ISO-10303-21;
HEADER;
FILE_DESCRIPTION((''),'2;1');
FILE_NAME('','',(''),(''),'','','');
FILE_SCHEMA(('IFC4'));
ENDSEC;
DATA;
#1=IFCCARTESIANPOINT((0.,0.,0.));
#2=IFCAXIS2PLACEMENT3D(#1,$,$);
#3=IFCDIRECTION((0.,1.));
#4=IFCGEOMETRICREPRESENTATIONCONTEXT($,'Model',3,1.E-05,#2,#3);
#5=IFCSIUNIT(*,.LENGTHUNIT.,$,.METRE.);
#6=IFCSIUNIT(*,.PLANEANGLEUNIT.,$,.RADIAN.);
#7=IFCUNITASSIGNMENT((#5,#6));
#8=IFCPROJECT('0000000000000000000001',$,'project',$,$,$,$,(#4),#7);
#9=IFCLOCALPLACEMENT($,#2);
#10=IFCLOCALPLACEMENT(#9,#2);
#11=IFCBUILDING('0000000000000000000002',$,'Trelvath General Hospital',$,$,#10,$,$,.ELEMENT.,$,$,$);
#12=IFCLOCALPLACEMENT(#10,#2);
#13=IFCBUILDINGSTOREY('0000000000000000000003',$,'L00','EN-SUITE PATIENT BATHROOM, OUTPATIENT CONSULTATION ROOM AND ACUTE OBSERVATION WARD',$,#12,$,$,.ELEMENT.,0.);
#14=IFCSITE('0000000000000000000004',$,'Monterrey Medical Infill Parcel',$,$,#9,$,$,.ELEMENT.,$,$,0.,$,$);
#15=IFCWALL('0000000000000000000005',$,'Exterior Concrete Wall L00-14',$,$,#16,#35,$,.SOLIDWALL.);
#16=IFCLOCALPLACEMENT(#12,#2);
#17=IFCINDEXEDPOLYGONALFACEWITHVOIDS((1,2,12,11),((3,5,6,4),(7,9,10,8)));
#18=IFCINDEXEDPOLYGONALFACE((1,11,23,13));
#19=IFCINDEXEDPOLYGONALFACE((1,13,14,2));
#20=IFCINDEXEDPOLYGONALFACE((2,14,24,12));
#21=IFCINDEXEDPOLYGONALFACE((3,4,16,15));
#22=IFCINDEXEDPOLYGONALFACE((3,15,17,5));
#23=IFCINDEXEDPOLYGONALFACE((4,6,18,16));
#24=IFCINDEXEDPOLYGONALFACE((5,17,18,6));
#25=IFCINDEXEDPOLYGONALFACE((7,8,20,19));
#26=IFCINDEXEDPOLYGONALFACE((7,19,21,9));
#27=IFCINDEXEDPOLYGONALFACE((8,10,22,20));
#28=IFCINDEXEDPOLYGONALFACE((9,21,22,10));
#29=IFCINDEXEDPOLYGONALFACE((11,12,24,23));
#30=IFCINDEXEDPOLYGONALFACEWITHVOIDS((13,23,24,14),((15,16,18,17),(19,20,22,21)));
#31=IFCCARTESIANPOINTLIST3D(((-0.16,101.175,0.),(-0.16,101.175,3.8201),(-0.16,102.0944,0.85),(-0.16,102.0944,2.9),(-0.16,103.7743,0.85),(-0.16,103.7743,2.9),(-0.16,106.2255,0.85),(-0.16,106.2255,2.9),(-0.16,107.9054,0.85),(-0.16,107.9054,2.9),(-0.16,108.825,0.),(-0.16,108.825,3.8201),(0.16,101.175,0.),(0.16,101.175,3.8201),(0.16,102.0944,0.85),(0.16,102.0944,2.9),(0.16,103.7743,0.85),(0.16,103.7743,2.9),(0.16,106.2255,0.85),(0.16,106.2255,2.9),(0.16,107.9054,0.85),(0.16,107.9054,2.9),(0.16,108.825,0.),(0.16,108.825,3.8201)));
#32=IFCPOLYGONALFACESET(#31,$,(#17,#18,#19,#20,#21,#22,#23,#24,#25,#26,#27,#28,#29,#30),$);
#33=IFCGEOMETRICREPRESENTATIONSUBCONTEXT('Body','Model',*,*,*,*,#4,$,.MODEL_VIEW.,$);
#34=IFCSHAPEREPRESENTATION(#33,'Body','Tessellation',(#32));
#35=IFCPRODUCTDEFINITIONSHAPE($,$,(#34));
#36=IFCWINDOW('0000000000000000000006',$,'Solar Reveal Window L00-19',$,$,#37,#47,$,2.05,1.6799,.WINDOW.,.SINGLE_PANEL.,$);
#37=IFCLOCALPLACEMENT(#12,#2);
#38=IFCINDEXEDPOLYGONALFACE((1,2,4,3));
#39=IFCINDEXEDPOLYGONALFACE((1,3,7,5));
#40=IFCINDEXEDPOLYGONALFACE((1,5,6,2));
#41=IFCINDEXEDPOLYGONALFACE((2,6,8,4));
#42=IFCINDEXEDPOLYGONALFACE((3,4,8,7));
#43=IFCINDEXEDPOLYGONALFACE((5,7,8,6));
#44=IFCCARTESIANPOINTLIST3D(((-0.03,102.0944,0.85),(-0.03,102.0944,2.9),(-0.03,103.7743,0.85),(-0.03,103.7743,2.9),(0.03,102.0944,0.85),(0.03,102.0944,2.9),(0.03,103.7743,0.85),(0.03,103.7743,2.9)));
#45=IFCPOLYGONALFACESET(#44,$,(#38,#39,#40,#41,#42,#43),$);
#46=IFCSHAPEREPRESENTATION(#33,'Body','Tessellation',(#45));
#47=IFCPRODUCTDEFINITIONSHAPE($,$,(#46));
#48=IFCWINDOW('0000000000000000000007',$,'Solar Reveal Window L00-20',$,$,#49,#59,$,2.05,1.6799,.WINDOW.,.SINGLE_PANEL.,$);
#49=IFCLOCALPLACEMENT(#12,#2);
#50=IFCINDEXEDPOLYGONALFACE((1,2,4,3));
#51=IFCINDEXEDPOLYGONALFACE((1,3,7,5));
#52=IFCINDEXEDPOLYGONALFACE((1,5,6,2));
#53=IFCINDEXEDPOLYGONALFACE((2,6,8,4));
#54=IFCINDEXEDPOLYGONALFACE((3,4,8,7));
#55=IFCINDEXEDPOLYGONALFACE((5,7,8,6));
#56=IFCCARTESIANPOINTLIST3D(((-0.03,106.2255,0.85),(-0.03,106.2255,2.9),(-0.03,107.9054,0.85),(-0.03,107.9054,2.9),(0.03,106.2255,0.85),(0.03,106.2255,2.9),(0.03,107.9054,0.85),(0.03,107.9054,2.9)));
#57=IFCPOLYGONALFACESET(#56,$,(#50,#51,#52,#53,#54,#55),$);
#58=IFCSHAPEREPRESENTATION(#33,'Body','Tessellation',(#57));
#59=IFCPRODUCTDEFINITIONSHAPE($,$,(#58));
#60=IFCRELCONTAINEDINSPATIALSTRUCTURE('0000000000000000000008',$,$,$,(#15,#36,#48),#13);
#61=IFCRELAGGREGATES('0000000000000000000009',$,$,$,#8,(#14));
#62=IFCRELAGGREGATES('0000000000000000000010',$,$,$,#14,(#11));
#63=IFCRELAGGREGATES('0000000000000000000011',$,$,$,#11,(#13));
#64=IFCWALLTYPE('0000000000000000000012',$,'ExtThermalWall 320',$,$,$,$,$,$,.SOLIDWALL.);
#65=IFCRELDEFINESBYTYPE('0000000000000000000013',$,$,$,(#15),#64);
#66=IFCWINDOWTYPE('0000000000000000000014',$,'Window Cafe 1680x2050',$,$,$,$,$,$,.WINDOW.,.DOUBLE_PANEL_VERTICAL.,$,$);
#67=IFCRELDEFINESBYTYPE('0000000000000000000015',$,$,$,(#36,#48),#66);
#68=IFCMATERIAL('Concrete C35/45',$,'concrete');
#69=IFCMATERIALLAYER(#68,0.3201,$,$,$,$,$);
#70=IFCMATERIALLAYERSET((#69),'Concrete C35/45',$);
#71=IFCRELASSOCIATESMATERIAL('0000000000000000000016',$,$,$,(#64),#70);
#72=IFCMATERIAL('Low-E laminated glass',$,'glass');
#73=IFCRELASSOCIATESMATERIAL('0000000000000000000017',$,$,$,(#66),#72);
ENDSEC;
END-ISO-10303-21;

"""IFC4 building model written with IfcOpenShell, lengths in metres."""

from ifc_helpers import new_model, si_unit, direction, frame, frame_2d, origin, place, context, subcontext, project, spatial, rectangle, extrude, material, layer, layer_set, type_object, element, fill, save


model = new_model("IFC4")

# Units and contexts
model_context = context("Model", 3, precision=1e-05, world=origin(), true_north=direction((0.0, 1.0)))
body_context = subcontext(model_context, "Body", "Model", "MODEL_VIEW")
ifc_project = project(units=[si_unit("LENGTHUNIT", "METRE"), si_unit("PLANEANGLEUNIT", "RADIAN")], contexts=[model_context])

# Site, building, storey
site_placement = place(None, origin())
site = spatial("IfcSite", under=ifc_project, at=site_placement, Name="Monterrey Medical Infill Parcel", CompositionType="ELEMENT", RefElevation=0.0)
building_placement = place(site_placement, origin())
building = spatial("IfcBuilding", under=site, at=building_placement, Name="Trelvath General Hospital", CompositionType="ELEMENT")
storey_placement = place(building_placement, origin())
storey = spatial("IfcBuildingStorey", under=building, at=storey_placement, Name="L00", Description="EN-SUITE PATIENT BATHROOM, OUTPATIENT CONSULTATION ROOM AND ACUTE OBSERVATION WARD", CompositionType="ELEMENT", Elevation=0.0)

# Wall, openings, windows
ifc_material_1 = material(Name="Concrete C35/45", Category="concrete")
ifc_layer_1 = layer(ifc_material_1, 0.3201)
ifc_layer_set_1 = layer_set([ifc_layer_1], Name="Concrete C35/45")
wall_type_1 = type_object("IfcWallType", Name="ExtThermalWall 320", PredefinedType="SOLIDWALL", material=ifc_layer_set_1)
wall_1_placement = place(storey_placement, frame((0.0, 101.175, 0.0), z_axis=(0.0, 0.0, 1.0), x_axis=(0.0, 1.0, 0.0)))
wall_1 = element("IfcWall", 1, at=wall_1_placement, inside=storey, type_object=wall_type_1, Name="Exterior Concrete Wall L00-14", PredefinedType="SOLIDWALL", context=body_context, shape_type="SweptSolid", body=[
    extrude(rectangle(XDim=7.6499, YDim=0.3201, at=frame_2d((3.825, 0.0))), origin(), (0.0, 0.0, 1.0), 3.8201),
])
opening_1_placement = place(wall_1_placement, frame((0.9194, 0.0, 0.8501)))
opening_1 = element("IfcOpeningElement", 2, at=opening_1_placement, cuts=wall_1, PredefinedType="OPENING", context=body_context, shape_type="SweptSolid", body=[
    extrude(rectangle(XDim=1.6799, YDim=2.05, at=frame_2d((0.8398, 1.0249))), frame((0.0, 0.1699, 0.0), z_axis=(0.0, -1.0, 0.0), x_axis=(1.0, 0.0, 0.0)), (0.0, 0.0, 1.0), 0.3401),
])
opening_2_placement = place(wall_1_placement, frame((5.0505, 0.0, 0.8501)))
opening_2 = element("IfcOpeningElement", 3, at=opening_2_placement, cuts=wall_1, PredefinedType="OPENING", context=body_context, shape_type="SweptSolid", body=[
    extrude(rectangle(XDim=1.6799, YDim=2.05, at=frame_2d((0.8398, 1.0249))), frame((0.0, 0.1699, 0.0), z_axis=(0.0, -1.0, 0.0), x_axis=(1.0, 0.0, 0.0)), (0.0, 0.0, 1.0), 0.3401),
])
ifc_material_2 = material(Name="Low-E laminated glass", Category="glass")
window_type = type_object("IfcWindowType", Name="Window Cafe 1680x2050", PartitioningType="DOUBLE_PANEL_VERTICAL", PredefinedType="WINDOW", material=ifc_material_2)
window_1_placement = place(opening_1_placement, origin())
window_1 = element("IfcWindow", 4, at=window_1_placement, inside=storey, type_object=window_type, Name="Solar Reveal Window L00-19", OverallHeight=2.05, OverallWidth=1.6799, PartitioningType="SINGLE_PANEL", PredefinedType="WINDOW", context=body_context, shape_type="SweptSolid", body=[
    extrude(rectangle(XDim=1.6799, YDim=2.05, at=frame_2d((0.8398, 1.0249))), frame((0.0, 0.03, 0.0), z_axis=(0.0, -1.0, 0.0), x_axis=(1.0, 0.0, 0.0)), (0.0, 0.0, 1.0), 0.0601),
])
fill(opening_1, window_1)
window_2_placement = place(opening_2_placement, origin())
window_2 = element("IfcWindow", 5, at=window_2_placement, inside=storey, type_object=window_type, Name="Solar Reveal Window L00-20", OverallHeight=2.05, OverallWidth=1.6799, PartitioningType="SINGLE_PANEL", PredefinedType="WINDOW", context=body_context, shape_type="SweptSolid", body=[
    extrude(rectangle(XDim=1.6799, YDim=2.05, at=frame_2d((0.8398, 1.0249))), frame((0.0, 0.03, 0.0), z_axis=(0.0, -1.0, 0.0), x_axis=(1.0, 0.0, 0.0)), (0.0, 0.0, 1.0), 0.0601),
])
fill(opening_2, window_2)

save(model, "model.ifc")
